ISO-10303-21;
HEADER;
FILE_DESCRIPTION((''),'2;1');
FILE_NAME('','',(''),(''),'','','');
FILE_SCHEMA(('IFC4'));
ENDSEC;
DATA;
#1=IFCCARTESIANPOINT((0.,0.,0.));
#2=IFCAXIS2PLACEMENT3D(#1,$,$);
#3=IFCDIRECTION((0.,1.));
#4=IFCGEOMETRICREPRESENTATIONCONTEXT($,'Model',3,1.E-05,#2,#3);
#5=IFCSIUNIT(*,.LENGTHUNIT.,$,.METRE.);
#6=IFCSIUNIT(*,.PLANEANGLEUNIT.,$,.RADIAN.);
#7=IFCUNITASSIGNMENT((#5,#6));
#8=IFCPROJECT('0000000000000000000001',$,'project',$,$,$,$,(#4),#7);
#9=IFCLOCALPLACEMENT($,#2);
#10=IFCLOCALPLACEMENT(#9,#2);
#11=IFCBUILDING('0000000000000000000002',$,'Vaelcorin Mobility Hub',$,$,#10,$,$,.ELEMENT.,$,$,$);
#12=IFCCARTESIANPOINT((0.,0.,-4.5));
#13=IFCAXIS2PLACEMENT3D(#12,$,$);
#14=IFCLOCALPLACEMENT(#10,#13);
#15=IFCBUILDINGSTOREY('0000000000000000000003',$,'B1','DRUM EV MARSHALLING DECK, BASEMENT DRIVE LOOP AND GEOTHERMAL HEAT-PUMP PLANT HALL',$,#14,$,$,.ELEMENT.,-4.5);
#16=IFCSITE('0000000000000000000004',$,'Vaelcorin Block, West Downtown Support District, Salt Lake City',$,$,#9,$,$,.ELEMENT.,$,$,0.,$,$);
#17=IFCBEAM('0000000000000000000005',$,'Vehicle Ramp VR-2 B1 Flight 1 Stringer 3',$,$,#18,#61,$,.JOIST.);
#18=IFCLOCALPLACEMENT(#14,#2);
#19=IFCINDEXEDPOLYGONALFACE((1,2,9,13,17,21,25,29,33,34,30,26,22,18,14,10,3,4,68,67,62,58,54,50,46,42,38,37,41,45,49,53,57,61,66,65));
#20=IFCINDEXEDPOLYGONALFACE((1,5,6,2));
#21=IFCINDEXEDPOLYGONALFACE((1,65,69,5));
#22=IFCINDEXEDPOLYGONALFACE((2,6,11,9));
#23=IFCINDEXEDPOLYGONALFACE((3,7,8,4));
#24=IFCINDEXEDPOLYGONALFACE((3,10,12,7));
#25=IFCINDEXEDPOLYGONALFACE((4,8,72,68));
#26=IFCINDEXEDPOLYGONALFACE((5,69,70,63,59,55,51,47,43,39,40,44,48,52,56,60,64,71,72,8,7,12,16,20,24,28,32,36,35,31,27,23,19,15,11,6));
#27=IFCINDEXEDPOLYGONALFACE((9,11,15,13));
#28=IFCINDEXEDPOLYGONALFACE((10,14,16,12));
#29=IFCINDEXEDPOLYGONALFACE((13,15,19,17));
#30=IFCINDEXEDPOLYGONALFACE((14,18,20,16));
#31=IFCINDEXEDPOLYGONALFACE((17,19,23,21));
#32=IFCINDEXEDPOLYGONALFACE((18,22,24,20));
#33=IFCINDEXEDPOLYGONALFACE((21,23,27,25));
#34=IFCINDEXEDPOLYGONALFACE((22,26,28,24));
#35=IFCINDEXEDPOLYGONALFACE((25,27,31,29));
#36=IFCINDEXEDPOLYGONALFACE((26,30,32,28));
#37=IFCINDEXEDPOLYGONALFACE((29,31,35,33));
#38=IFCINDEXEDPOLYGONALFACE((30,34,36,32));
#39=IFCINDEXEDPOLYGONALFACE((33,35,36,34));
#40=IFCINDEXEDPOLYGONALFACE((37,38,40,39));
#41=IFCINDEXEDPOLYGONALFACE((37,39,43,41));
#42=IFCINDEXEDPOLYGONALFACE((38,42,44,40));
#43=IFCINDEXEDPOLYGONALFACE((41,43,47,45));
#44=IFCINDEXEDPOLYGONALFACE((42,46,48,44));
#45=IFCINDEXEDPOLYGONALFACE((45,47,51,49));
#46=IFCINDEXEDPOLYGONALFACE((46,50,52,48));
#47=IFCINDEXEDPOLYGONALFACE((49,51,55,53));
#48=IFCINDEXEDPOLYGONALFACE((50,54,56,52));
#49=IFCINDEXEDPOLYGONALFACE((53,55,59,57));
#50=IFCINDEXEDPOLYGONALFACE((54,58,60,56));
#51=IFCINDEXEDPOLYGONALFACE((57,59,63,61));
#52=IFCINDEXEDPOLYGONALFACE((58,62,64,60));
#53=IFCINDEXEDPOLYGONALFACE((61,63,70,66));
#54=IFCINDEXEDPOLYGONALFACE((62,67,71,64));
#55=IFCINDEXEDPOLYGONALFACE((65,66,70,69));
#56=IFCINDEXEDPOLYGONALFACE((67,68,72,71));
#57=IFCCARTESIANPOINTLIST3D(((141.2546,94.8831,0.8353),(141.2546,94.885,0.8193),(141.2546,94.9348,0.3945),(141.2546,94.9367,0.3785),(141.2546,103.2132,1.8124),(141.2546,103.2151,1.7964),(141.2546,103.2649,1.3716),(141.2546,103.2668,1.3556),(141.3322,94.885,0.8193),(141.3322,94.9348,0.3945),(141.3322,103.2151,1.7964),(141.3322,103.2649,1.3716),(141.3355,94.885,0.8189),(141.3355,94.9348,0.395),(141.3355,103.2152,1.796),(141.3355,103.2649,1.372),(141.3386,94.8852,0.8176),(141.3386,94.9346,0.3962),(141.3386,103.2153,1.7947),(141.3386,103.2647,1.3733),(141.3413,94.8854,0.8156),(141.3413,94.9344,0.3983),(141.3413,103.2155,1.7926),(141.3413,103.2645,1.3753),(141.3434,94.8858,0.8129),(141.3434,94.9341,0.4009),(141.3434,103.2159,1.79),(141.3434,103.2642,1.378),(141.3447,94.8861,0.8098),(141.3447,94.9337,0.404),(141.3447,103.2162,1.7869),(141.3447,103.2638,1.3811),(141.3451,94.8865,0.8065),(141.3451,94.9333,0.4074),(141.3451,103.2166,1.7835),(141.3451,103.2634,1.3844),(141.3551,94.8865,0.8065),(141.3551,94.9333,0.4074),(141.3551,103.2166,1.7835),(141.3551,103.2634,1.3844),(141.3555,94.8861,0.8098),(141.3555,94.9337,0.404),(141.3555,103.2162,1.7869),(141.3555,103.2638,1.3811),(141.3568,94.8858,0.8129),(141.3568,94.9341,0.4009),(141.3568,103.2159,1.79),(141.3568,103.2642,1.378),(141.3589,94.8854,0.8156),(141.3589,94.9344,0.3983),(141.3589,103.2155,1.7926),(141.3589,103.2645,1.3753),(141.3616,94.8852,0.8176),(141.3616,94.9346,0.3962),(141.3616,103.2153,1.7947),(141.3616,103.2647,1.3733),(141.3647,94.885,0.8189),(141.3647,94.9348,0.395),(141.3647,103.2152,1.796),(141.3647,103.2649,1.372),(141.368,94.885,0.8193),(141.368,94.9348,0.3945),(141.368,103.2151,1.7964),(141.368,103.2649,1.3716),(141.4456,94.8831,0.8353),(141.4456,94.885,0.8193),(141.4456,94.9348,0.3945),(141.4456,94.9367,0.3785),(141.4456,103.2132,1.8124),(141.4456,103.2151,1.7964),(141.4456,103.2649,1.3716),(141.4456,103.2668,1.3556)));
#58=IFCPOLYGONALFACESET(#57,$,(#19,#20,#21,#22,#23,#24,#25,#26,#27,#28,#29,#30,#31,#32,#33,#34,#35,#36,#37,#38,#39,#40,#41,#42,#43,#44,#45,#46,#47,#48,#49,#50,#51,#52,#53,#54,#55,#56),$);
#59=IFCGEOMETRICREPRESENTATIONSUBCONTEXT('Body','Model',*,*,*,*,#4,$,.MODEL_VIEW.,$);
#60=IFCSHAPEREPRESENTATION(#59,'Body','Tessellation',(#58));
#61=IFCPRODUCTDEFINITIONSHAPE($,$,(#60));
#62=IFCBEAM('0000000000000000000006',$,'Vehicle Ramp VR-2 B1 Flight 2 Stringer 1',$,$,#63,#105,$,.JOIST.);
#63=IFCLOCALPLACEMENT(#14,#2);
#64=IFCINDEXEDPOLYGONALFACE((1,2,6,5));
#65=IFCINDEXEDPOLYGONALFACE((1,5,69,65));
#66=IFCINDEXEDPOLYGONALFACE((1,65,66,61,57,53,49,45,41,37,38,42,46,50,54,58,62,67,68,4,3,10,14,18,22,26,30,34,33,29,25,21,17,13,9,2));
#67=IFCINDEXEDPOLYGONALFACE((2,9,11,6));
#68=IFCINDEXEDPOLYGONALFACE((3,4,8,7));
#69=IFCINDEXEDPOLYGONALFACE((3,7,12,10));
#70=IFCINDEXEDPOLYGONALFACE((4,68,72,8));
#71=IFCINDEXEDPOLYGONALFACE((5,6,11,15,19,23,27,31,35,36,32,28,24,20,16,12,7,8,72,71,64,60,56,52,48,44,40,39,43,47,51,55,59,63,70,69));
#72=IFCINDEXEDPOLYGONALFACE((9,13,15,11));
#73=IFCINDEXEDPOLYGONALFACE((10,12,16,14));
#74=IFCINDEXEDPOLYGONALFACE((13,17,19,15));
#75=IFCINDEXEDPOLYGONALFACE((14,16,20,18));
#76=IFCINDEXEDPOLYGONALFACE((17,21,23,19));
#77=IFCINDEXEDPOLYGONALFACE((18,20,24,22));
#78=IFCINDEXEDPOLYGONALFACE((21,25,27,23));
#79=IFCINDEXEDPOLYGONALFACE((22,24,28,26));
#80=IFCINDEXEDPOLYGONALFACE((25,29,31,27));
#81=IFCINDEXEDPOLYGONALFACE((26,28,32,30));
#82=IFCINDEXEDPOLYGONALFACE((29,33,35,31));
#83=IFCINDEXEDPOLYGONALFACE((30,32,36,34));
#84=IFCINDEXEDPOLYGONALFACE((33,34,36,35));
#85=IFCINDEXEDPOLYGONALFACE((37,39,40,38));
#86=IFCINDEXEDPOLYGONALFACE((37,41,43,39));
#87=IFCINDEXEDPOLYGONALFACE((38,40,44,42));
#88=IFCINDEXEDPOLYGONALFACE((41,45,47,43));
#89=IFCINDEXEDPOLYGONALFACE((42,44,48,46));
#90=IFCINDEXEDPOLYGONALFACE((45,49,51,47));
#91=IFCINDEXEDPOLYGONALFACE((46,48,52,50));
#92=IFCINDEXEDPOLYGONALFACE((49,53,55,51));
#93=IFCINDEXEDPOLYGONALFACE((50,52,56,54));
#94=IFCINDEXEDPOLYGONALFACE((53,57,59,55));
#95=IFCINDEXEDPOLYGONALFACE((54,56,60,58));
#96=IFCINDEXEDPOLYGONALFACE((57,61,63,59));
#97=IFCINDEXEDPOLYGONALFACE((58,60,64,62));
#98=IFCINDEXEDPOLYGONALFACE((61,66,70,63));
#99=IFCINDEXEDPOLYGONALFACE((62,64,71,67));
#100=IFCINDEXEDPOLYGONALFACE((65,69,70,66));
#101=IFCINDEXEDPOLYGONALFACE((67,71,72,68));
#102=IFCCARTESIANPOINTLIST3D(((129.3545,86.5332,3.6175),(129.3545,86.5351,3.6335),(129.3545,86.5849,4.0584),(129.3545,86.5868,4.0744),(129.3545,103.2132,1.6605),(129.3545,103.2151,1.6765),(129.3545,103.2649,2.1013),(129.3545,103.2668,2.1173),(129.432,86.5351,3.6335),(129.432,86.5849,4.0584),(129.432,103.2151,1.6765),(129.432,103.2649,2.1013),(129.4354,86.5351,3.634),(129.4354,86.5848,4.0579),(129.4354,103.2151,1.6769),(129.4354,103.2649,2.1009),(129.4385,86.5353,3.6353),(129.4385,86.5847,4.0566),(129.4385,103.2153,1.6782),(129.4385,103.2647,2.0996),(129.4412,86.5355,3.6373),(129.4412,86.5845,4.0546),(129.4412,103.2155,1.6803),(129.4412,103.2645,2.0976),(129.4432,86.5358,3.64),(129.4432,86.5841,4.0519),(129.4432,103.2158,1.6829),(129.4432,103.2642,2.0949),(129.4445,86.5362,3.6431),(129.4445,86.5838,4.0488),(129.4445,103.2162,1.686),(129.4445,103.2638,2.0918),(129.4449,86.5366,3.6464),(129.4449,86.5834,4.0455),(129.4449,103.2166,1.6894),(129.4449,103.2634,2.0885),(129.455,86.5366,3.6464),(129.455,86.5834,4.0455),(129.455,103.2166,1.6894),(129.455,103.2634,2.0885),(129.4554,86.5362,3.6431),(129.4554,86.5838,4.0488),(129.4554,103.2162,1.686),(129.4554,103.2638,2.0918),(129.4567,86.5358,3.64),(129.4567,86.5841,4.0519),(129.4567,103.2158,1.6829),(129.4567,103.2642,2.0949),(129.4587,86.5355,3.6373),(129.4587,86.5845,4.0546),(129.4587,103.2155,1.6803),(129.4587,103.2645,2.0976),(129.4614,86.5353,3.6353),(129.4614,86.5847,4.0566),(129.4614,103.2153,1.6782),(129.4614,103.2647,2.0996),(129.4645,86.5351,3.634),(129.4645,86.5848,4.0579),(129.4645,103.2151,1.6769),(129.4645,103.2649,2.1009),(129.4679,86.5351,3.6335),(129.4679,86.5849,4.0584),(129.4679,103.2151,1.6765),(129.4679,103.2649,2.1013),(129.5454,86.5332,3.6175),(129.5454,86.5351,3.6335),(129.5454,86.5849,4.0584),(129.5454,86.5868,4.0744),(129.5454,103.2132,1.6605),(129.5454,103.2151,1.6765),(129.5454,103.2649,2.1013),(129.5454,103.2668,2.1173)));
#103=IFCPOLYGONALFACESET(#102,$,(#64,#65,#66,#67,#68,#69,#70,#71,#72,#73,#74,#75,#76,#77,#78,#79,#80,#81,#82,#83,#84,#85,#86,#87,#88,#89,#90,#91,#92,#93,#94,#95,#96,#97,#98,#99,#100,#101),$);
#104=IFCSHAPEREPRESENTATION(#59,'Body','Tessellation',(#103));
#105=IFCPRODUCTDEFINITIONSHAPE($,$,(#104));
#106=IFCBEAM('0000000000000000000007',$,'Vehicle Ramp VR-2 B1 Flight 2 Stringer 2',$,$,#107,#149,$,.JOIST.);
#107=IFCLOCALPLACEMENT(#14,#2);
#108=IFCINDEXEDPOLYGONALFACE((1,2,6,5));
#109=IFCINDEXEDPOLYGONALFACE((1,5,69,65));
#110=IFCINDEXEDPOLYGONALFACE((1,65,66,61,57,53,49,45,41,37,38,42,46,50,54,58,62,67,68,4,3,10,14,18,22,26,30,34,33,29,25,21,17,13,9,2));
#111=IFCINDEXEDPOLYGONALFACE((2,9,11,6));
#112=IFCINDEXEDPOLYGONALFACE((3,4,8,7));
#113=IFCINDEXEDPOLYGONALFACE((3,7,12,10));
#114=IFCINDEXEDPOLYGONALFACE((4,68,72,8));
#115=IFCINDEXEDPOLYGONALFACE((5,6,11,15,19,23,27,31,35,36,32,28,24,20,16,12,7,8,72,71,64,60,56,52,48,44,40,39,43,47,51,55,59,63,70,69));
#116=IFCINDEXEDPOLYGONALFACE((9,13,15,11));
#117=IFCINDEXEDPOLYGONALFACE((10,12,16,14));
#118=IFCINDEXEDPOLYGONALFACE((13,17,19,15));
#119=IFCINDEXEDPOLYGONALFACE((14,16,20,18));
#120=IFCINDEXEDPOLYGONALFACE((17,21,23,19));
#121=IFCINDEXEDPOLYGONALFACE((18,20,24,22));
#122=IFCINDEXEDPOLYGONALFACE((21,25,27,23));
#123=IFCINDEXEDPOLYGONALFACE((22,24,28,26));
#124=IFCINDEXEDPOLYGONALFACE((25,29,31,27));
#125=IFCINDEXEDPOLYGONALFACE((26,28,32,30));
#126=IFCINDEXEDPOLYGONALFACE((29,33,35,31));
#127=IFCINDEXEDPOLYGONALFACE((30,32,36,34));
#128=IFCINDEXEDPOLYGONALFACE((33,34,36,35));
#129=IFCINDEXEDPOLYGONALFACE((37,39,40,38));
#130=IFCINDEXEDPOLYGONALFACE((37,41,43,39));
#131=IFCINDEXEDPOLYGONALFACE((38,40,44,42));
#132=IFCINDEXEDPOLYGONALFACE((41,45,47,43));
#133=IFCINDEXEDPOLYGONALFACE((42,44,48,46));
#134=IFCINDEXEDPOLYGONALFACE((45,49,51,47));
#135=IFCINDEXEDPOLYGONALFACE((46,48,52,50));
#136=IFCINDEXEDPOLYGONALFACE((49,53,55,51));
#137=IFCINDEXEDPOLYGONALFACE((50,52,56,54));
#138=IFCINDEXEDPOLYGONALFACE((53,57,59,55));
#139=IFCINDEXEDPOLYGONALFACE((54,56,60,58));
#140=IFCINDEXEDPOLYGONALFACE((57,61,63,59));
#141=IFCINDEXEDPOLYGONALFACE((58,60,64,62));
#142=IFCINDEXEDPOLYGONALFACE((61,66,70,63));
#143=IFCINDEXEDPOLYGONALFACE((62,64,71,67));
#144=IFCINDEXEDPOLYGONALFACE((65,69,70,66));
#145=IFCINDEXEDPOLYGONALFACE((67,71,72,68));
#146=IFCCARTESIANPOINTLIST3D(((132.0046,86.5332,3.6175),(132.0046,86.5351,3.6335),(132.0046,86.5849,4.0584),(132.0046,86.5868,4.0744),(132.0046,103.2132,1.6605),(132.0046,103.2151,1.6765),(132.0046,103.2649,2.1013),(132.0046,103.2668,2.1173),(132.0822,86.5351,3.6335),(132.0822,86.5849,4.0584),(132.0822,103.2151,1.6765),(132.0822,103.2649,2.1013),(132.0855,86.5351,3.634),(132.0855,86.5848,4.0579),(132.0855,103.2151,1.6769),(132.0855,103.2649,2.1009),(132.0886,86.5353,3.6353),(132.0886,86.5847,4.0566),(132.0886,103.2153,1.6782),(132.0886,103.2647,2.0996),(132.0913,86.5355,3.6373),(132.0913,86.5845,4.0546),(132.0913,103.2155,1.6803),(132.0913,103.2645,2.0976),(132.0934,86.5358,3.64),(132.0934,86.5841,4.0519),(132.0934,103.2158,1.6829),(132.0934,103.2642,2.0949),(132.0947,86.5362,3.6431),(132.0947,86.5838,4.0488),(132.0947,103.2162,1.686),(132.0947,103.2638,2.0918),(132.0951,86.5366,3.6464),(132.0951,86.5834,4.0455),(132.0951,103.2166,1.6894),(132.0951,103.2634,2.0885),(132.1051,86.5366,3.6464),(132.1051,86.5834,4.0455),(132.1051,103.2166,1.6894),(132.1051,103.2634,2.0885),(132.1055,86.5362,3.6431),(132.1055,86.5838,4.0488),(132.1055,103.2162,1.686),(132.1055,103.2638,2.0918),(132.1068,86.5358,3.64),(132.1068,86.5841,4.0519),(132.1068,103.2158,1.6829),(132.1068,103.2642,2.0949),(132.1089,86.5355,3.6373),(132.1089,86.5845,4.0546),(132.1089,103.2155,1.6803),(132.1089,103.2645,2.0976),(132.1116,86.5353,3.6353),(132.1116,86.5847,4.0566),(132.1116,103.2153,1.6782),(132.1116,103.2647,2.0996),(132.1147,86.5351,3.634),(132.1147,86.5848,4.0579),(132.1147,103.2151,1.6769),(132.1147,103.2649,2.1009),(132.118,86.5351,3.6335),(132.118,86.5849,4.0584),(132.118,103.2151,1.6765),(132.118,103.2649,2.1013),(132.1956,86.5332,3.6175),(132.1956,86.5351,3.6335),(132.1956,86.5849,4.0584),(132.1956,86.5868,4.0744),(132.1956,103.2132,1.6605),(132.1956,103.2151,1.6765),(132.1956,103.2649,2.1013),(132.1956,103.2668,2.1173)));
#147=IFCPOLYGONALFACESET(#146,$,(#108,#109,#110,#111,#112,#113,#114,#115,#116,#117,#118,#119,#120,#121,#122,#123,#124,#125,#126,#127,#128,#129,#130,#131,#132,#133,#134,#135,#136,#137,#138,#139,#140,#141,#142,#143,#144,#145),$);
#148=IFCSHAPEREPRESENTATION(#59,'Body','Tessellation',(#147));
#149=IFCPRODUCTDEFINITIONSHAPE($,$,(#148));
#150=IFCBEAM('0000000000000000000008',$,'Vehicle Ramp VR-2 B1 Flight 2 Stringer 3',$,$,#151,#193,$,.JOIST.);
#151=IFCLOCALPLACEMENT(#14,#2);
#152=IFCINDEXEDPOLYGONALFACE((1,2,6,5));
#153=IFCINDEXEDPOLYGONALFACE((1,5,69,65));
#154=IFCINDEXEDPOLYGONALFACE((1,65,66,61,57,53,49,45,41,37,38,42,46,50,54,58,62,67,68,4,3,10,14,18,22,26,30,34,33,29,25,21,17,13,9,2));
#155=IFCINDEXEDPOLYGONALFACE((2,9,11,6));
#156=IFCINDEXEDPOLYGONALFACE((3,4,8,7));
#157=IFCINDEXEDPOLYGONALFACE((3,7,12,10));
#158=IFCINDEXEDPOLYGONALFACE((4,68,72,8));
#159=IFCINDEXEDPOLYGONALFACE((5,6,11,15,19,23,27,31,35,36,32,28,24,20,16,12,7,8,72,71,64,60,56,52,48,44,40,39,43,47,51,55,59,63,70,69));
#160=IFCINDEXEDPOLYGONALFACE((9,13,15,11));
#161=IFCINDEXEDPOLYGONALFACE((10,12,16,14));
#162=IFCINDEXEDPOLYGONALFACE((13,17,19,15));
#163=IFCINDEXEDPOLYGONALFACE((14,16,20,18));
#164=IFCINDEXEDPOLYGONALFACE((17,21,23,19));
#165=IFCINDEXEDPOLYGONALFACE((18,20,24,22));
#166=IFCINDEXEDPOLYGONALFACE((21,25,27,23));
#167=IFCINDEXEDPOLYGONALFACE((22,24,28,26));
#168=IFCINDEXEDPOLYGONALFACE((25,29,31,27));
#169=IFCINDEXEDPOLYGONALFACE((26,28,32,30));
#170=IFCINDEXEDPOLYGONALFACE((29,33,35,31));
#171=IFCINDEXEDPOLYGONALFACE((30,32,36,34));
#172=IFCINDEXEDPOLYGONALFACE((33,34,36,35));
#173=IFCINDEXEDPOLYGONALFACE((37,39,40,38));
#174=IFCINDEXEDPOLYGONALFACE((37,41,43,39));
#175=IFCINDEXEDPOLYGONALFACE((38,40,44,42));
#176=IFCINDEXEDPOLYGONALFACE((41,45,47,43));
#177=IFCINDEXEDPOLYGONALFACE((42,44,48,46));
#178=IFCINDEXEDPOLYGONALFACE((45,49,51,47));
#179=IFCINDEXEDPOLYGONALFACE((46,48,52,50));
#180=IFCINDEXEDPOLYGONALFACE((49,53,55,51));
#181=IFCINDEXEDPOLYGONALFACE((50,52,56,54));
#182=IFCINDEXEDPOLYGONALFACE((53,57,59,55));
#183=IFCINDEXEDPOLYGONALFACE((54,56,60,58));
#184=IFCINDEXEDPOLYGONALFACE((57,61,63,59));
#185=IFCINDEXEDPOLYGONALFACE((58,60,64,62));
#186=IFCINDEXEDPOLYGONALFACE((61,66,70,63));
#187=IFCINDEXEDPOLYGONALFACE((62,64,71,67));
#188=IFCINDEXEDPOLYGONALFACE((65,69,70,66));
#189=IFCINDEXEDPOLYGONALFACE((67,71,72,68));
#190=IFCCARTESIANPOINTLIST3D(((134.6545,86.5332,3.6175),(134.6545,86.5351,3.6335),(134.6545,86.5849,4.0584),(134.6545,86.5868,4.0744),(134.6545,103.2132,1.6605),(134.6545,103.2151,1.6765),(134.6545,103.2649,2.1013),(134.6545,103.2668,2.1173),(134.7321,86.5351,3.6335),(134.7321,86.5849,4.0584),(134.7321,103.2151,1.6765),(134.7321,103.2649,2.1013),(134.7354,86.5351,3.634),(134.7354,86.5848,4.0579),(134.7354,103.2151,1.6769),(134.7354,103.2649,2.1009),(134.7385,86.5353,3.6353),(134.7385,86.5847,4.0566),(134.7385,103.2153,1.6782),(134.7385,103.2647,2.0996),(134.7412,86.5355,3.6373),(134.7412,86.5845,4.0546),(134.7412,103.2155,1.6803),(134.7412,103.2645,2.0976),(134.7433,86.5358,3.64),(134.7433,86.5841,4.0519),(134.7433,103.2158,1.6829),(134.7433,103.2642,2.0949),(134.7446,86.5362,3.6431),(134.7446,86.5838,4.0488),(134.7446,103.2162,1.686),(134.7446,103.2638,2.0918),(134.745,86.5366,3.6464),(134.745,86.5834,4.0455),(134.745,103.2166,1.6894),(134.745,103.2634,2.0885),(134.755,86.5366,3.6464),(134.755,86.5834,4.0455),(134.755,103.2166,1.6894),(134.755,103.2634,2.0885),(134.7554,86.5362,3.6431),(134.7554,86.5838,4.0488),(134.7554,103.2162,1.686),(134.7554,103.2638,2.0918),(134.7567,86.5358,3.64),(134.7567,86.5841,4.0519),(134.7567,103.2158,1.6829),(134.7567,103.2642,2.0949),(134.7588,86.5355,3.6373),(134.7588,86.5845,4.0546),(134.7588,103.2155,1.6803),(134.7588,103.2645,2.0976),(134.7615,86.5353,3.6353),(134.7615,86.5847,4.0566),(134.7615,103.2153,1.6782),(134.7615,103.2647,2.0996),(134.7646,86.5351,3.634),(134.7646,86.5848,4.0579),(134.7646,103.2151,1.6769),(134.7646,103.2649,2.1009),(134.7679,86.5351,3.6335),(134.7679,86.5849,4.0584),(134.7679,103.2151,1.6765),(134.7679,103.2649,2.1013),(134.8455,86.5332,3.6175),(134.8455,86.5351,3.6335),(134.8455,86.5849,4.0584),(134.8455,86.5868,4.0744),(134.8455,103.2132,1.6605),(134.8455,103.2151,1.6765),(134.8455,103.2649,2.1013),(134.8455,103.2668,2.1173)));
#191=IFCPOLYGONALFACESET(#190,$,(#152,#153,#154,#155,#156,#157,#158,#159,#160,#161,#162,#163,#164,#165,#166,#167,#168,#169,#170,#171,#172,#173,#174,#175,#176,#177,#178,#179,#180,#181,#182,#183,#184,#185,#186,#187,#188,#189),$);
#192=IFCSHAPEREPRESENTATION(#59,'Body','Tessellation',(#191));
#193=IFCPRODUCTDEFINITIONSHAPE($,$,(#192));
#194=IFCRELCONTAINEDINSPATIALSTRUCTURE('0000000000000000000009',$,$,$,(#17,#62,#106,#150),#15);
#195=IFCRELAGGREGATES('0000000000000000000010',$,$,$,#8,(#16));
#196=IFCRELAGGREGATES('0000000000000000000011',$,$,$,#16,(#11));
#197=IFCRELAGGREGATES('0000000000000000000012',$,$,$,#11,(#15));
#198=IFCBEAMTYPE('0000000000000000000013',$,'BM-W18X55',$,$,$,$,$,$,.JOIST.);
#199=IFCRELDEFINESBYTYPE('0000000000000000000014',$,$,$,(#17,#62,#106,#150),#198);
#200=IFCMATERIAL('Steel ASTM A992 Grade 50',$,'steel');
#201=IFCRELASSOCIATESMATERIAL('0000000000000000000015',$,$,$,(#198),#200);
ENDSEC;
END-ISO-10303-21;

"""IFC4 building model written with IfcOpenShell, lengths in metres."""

from ifc_helpers import new_model, si_unit, direction, frame, origin, origin_2d, place, context, subcontext, project, spatial, i_section, extrude, material, material_profile, profile_set, type_object, element, save


model = new_model("IFC4")

# Units and contexts
model_context = context("Model", 3, precision=1e-05, world=origin(), true_north=direction((0.0, 1.0)))
body_context = subcontext(model_context, "Body", "Model", "MODEL_VIEW")
ifc_project = project(units=[si_unit("LENGTHUNIT", "METRE"), si_unit("PLANEANGLEUNIT", "RADIAN")], contexts=[model_context])

# Site, building, storey
site_placement = place(None, origin())
site = spatial("IfcSite", under=ifc_project, at=site_placement, Name="Vaelcorin Block, West Downtown Support District, Salt Lake City", CompositionType="ELEMENT", RefElevation=0.0)
building_placement = place(site_placement, origin())
building = spatial("IfcBuilding", under=site, at=building_placement, Name="Vaelcorin Mobility Hub", CompositionType="ELEMENT")
storey_placement = place(building_placement, frame((0.0, 0.0, -4.5)))
storey = spatial("IfcBuildingStorey", under=building, at=storey_placement, Name="B1", Description="DRUM EV MARSHALLING DECK, BASEMENT DRIVE LOOP AND GEOTHERMAL HEAT-PUMP PLANT HALL", CompositionType="ELEMENT", Elevation=-4.5)

# Shared definitions
ifc_material_1 = material(Name="Steel ASTM A992 Grade 50", Category="steel")

# Beams
ifc_material_profile_1 = material_profile(ifc_material_1, i_section(OverallWidth=0.1909, OverallDepth=0.46, WebThickness=0.01, FlangeThickness=0.0161, FilletRadius=0.0129, at=origin_2d()), Name="W18X55")
ifc_profile_set_1 = profile_set([ifc_material_profile_1], Name="Steel ASTM A992 Grade 50")
beam_type_1 = type_object("IfcBeamType", Name="BM-W18X55", PredefinedType="JOIST", material=ifc_profile_set_1)
for number, where, z_axis, x_axis, name in (
    (1, (141.3501, 94.9099, 0.6069), (0.0, 0.993191, 0.116493), (-1.0, 0.0, 0.0), "Vehicle Ramp VR-2 B1 Flight 1 Stringer 3"),
):
    element("IfcBeam", number, at=place(storey_placement, frame(where, z_axis=z_axis, x_axis=x_axis)), inside=storey, type_object=beam_type_1, Name=name, PredefinedType="JOIST", context=body_context, shape_type="SweptSolid", body=[
        extrude(i_section(OverallWidth=0.1909, OverallDepth=0.46, WebThickness=0.01, FlangeThickness=0.0161, FilletRadius=0.0129, at=origin_2d()), origin(), (0.0, 0.0, 1.0), 8.3872),
    ])
for number, where, z_axis, x_axis, name in (
    (2, (129.45, 103.24, 1.8889), (0.0, -0.993187, 0.116529), (1.0, 0.0, 0.0), "Vehicle Ramp VR-2 B1 Flight 2 Stringer 1"),
    (3, (132.1001, 103.24, 1.8889), (0.0, -0.993187, 0.116529), (1.0, 0.0, 0.0), "Vehicle Ramp VR-2 B1 Flight 2 Stringer 2"),
    (4, (134.75, 103.24, 1.8889), (0.0, -0.993187, 0.116529), (1.0, 0.0, 0.0), "Vehicle Ramp VR-2 B1 Flight 2 Stringer 3"),
):
    element("IfcBeam", number, at=place(storey_placement, frame(where, z_axis=z_axis, x_axis=x_axis)), inside=storey, type_object=beam_type_1, Name=name, PredefinedType="JOIST", context=body_context, shape_type="SweptSolid", body=[
        extrude(i_section(OverallWidth=0.1909, OverallDepth=0.46, WebThickness=0.01, FlangeThickness=0.0161, FilletRadius=0.0129, at=origin_2d()), origin(), (0.0, 0.0, 1.0), 16.7944),
    ])

save(model, "model.ifc")
